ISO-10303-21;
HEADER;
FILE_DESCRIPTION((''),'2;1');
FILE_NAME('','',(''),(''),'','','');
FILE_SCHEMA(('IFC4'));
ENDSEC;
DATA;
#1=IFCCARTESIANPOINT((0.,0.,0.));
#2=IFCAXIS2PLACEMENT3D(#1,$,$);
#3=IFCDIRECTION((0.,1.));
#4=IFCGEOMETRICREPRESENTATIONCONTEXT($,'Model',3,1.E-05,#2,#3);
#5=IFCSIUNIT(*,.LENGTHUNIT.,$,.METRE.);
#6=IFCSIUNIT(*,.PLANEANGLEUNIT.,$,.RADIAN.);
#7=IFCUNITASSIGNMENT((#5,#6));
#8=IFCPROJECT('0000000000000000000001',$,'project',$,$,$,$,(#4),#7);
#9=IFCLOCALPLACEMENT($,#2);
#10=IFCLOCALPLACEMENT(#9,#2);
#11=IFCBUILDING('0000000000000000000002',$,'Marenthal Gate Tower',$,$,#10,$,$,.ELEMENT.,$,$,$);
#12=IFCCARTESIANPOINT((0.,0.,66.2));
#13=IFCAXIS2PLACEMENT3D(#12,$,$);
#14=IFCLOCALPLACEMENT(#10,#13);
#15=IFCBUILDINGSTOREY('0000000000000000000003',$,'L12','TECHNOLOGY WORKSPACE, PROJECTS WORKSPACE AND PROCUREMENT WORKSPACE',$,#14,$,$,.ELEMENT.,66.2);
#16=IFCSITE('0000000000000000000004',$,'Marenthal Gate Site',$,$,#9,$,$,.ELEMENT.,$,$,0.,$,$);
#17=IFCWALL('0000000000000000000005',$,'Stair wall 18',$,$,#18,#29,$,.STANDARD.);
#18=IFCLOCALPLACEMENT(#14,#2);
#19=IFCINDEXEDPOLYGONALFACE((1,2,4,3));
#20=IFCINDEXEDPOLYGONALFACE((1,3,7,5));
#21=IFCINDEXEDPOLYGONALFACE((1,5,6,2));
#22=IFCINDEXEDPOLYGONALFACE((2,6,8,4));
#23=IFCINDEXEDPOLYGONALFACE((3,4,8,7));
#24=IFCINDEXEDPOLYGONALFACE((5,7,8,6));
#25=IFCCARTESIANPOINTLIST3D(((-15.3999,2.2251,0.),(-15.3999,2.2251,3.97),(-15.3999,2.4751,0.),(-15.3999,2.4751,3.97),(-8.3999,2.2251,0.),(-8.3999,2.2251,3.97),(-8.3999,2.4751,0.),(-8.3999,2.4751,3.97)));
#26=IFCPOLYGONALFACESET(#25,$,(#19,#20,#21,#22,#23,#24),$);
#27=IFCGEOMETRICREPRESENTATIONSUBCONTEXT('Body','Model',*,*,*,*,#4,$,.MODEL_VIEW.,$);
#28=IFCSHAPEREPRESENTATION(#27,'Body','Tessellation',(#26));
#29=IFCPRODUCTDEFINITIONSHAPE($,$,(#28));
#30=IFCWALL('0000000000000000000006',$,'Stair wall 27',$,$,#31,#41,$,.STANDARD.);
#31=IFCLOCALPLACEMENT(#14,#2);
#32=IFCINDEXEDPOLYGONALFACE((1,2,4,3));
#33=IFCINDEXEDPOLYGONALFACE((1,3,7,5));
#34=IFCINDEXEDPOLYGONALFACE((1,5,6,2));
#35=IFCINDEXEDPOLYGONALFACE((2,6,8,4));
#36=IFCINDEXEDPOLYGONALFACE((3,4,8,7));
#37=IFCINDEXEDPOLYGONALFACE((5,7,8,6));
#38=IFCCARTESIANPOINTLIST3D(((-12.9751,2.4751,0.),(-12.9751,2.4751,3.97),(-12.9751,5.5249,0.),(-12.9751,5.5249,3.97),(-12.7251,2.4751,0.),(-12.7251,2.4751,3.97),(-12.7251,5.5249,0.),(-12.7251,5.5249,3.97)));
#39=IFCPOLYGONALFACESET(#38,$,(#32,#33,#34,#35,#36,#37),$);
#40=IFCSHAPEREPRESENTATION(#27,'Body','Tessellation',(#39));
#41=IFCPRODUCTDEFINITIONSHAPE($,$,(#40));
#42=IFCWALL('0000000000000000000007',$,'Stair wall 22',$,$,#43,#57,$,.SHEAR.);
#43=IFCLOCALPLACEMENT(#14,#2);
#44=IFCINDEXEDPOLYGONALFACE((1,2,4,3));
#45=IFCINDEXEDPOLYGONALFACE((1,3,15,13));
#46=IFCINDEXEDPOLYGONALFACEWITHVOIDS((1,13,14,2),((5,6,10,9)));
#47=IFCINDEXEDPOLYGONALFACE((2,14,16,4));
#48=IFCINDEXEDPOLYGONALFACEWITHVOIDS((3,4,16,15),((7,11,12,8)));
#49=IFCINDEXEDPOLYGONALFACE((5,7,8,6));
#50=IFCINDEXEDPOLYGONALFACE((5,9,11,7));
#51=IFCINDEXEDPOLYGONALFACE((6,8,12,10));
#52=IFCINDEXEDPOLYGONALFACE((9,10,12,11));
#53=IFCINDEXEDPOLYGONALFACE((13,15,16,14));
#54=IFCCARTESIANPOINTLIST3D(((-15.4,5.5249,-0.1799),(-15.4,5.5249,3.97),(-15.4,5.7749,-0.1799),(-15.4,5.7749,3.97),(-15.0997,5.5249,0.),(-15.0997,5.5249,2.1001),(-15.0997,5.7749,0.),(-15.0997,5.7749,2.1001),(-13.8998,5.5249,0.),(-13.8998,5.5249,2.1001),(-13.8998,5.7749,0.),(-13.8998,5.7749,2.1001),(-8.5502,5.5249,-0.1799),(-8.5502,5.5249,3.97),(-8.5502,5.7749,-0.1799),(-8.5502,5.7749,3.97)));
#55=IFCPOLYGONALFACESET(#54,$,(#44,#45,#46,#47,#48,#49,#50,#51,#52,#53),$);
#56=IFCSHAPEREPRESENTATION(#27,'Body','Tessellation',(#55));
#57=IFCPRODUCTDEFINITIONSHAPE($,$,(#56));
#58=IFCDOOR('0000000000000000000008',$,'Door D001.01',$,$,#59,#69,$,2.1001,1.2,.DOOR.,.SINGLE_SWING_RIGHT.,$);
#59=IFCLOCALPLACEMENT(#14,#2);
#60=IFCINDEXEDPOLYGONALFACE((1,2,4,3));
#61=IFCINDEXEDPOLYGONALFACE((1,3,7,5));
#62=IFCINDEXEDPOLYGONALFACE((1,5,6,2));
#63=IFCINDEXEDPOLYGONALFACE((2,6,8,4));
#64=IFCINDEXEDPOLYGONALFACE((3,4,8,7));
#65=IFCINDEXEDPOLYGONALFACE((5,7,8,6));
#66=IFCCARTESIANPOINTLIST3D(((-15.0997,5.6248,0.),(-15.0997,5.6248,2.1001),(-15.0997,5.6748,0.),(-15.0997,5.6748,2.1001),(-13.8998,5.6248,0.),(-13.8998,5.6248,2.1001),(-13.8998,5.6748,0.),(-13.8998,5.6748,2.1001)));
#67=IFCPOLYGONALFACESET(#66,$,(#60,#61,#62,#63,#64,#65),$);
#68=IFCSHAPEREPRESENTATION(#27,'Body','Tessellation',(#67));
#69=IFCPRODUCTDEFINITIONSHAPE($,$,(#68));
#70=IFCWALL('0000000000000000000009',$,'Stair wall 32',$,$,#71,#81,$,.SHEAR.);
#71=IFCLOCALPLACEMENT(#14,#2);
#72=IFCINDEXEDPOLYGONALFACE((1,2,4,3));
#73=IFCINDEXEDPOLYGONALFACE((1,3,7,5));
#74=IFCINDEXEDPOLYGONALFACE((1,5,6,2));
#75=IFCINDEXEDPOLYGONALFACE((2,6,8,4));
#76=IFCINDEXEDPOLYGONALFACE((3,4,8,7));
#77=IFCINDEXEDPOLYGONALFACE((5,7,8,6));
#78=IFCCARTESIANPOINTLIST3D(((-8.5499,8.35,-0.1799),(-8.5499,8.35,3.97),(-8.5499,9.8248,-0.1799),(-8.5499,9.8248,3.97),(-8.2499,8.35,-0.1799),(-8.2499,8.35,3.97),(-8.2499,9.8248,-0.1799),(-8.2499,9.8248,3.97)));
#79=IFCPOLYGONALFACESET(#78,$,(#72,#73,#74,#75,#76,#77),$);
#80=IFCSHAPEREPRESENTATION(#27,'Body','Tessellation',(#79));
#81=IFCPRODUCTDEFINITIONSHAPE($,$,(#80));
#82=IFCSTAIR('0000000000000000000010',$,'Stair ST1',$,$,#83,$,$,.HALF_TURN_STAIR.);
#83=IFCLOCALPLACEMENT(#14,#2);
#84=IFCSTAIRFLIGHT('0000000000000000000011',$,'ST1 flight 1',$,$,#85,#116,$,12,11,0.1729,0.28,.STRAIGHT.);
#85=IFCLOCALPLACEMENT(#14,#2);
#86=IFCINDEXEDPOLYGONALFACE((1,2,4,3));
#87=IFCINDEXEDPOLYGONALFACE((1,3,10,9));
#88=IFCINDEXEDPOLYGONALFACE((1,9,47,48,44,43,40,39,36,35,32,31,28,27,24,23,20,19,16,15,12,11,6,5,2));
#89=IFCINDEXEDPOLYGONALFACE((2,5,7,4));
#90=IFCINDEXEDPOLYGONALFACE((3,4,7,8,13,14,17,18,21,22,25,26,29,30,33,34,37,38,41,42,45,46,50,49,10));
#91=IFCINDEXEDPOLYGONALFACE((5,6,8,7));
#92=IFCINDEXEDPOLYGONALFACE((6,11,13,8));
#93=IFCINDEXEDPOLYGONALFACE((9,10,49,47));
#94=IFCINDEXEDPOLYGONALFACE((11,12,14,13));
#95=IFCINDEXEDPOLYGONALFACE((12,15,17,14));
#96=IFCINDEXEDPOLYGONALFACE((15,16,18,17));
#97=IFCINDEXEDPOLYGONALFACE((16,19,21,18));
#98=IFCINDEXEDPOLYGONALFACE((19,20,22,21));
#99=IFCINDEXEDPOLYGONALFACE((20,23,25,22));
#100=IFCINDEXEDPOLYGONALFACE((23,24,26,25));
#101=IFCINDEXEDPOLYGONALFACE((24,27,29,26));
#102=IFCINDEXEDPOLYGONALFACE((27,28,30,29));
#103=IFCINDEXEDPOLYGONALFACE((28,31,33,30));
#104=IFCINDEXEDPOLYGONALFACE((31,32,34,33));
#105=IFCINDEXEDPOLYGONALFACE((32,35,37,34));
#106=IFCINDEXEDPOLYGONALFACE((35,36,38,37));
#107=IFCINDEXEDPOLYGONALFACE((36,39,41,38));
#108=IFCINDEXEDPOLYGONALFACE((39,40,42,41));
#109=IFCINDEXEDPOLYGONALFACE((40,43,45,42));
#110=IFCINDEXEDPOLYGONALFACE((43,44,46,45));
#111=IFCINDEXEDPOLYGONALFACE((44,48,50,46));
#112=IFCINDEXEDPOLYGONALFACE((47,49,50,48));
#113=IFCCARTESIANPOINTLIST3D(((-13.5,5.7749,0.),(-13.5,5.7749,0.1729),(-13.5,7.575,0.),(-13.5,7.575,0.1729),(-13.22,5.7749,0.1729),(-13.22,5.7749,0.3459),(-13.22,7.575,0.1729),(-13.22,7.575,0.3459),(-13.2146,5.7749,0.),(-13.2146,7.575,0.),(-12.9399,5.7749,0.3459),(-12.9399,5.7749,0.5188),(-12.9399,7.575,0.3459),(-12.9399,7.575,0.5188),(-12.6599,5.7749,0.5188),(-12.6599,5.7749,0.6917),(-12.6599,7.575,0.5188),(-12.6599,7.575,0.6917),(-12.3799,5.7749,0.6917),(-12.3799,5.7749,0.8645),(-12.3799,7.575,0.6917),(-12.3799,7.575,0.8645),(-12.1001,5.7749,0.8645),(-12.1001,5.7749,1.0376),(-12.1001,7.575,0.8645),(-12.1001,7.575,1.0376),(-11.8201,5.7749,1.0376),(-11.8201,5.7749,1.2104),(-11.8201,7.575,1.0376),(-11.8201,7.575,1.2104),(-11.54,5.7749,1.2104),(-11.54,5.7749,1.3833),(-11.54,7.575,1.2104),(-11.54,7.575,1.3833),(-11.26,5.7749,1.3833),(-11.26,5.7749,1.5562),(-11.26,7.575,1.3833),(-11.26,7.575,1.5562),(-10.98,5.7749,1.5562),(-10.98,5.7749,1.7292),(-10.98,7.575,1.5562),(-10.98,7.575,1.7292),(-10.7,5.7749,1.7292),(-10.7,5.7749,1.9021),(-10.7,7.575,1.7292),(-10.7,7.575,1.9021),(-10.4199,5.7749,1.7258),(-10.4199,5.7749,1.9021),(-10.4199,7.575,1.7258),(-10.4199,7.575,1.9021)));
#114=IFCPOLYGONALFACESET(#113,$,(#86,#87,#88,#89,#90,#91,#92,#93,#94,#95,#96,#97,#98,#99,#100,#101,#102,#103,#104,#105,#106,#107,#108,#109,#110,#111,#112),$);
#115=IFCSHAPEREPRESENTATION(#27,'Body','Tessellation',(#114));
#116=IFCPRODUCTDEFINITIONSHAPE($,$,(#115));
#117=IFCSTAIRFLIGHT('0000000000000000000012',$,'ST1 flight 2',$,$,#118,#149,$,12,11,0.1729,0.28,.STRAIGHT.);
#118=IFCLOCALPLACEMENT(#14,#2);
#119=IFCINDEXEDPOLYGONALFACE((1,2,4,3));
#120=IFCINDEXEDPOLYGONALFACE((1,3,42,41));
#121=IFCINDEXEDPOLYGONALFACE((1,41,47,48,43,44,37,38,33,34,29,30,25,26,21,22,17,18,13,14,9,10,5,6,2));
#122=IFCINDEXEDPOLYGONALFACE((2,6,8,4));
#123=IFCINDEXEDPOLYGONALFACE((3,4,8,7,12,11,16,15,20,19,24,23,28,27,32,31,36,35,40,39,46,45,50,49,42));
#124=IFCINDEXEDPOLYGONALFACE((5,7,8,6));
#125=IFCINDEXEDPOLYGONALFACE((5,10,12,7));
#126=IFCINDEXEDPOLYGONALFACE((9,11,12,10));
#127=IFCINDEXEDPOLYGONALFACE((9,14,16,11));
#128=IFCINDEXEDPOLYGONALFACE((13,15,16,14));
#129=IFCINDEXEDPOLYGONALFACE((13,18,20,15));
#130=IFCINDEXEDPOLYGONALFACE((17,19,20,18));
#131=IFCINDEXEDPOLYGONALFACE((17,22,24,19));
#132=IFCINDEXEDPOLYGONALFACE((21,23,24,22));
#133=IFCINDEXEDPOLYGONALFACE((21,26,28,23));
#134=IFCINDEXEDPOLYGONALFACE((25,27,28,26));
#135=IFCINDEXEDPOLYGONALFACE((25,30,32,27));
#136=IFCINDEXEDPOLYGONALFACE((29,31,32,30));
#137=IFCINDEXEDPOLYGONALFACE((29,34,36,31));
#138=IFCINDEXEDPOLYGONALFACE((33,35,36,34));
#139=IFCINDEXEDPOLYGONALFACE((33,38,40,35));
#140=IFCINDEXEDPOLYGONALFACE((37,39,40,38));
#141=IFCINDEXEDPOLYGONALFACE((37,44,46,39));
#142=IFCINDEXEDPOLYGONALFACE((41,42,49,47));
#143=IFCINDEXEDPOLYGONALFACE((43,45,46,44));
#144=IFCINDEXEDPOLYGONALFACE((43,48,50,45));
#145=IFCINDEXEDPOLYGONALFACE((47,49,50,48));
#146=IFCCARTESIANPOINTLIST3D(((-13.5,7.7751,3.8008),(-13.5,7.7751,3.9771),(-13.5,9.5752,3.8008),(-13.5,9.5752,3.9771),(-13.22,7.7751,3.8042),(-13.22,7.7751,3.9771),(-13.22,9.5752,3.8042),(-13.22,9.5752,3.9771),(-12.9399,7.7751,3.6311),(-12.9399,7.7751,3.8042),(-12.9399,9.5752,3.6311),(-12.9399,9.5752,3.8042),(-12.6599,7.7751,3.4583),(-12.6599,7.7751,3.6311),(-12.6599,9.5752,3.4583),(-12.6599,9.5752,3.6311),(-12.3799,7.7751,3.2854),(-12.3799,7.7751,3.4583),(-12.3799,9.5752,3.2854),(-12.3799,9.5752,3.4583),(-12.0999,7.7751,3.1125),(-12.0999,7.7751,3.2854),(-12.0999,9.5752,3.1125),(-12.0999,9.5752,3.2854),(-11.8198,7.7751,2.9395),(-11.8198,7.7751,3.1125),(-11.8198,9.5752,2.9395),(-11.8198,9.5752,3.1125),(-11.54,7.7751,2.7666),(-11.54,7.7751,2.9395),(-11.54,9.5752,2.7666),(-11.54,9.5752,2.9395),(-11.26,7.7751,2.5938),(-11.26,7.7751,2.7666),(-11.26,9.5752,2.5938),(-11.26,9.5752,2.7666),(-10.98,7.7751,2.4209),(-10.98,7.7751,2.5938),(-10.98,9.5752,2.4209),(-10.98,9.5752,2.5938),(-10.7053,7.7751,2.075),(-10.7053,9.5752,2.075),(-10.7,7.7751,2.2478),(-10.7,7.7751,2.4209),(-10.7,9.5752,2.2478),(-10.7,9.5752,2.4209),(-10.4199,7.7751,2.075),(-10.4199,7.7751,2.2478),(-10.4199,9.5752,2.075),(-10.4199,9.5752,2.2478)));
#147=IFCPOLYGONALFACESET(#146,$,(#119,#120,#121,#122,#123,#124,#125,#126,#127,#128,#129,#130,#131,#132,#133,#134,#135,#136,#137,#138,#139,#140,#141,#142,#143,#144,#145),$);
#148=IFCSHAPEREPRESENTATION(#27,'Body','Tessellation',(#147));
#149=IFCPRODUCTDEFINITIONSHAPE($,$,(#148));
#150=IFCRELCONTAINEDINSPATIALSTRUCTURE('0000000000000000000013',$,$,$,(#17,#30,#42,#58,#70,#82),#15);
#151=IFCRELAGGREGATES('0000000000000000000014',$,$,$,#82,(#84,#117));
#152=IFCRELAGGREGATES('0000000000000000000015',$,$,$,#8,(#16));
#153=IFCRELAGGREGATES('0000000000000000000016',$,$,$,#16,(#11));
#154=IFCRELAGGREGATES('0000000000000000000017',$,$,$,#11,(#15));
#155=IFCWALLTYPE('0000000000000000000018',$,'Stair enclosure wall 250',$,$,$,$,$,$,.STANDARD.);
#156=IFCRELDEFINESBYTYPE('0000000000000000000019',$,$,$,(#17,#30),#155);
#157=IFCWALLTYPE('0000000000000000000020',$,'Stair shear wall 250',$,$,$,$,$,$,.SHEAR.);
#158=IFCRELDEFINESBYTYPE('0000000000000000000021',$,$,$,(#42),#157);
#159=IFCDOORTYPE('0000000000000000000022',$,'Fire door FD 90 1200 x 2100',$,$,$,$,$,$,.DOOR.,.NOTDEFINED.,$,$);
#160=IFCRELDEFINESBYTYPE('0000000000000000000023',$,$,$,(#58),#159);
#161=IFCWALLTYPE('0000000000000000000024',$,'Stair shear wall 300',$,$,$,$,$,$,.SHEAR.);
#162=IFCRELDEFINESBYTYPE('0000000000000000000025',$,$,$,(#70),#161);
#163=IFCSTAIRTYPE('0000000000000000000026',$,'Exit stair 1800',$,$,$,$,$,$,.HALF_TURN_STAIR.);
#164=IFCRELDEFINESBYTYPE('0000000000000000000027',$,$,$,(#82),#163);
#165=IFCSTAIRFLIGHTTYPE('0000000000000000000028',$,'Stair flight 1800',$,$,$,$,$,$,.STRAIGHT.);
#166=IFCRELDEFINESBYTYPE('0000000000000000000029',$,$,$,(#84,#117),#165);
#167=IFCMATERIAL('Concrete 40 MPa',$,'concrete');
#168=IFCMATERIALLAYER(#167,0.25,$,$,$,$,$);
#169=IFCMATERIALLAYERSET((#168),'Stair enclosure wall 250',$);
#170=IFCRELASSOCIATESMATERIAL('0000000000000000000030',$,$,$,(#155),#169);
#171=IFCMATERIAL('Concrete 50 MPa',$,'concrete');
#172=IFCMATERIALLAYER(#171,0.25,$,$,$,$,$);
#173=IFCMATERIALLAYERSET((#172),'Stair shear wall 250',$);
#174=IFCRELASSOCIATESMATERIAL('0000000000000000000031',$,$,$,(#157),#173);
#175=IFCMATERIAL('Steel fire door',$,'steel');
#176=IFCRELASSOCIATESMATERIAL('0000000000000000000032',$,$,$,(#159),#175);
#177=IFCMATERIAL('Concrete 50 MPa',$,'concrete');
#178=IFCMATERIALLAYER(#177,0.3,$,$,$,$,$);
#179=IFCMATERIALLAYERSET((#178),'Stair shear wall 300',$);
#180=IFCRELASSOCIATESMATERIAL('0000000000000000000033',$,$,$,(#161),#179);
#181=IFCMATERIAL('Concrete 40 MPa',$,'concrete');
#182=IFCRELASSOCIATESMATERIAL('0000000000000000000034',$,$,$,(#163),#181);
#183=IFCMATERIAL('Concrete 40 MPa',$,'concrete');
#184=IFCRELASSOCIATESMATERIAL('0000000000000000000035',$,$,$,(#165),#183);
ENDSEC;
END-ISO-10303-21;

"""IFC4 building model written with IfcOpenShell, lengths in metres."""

from ifc_helpers import new_model, si_unit, direction, frame, frame_2d, origin, place, context, subcontext, project, spatial, polyline, rectangle, outline, extrude, material, layer, layer_set, type_object, element, fill, aggregate, save


model = new_model("IFC4")

# Units and contexts
model_context = context("Model", 3, precision=1e-05, world=origin(), true_north=direction((0.0, 1.0)))
body_context = subcontext(model_context, "Body", "Model", "MODEL_VIEW")
ifc_project = project(units=[si_unit("LENGTHUNIT", "METRE"), si_unit("PLANEANGLEUNIT", "RADIAN")], contexts=[model_context])

# Site, building, storey
site_placement = place(None, origin())
site = spatial("IfcSite", under=ifc_project, at=site_placement, Name="Marenthal Gate Site", CompositionType="ELEMENT", RefElevation=0.0)
building_placement = place(site_placement, origin())
building = spatial("IfcBuilding", under=site, at=building_placement, Name="Marenthal Gate Tower", CompositionType="ELEMENT")
storey_placement = place(building_placement, frame((0.0, 0.0, 66.2)))
storey = spatial("IfcBuildingStorey", under=building, at=storey_placement, Name="L12", Description="TECHNOLOGY WORKSPACE, PROJECTS WORKSPACE AND PROCUREMENT WORKSPACE", CompositionType="ELEMENT", Elevation=66.2)

# Walls
ifc_material_1 = material(Name="Concrete 40 MPa", Category="concrete")
ifc_layer_1 = layer(ifc_material_1, 0.25)
ifc_layer_set_1 = layer_set([ifc_layer_1], Name="Stair enclosure wall 250")
wall_type_1 = type_object("IfcWallType", Name="Stair enclosure wall 250", PredefinedType="STANDARD", material=ifc_layer_set_1)
wall_1_placement = place(storey_placement, frame((-15.3999, 2.3501, 0.0), z_axis=(0.0, 0.0, 1.0), x_axis=(1.0, 0.0, 0.0)))
element("IfcWall", 1, at=wall_1_placement, inside=storey, type_object=wall_type_1, Name="Stair wall 18", PredefinedType="STANDARD", context=body_context, shape_type="SweptSolid", body=[
    extrude(rectangle(XDim=7.0, YDim=0.25, at=frame_2d((3.5, 0.0))), origin(), (0.0, 0.0, 1.0), 3.97),
])
wall_2_placement = place(storey_placement, frame((-12.8501, 2.4751, 0.0), z_axis=(0.0, 0.0, 1.0), x_axis=(0.0, 1.0, 0.0)))
element("IfcWall", 2, at=wall_2_placement, inside=storey, type_object=wall_type_1, Name="Stair wall 27", PredefinedType="STANDARD", context=body_context, shape_type="SweptSolid", body=[
    extrude(rectangle(XDim=3.0498, YDim=0.25, at=frame_2d((1.5249, 0.0))), origin(), (0.0, 0.0, 1.0), 3.97),
])

# Wall, opening, door
ifc_material_2 = material(Name="Concrete 50 MPa", Category="concrete")
ifc_layer_2 = layer(ifc_material_2, 0.25)
ifc_layer_set_2 = layer_set([ifc_layer_2], Name="Stair shear wall 250")
wall_type_2 = type_object("IfcWallType", Name="Stair shear wall 250", PredefinedType="SHEAR", material=ifc_layer_set_2)
wall_3_placement = place(storey_placement, frame((-15.3999, 5.6499, -0.1799), z_axis=(0.0, 0.0, 1.0), x_axis=(1.0, 0.0, 0.0)))
wall_3 = element("IfcWall", 3, at=wall_3_placement, inside=storey, type_object=wall_type_2, Name="Stair wall 22", PredefinedType="SHEAR", context=body_context, shape_type="SweptSolid", body=[
    extrude(rectangle(XDim=6.8499, YDim=0.25, at=frame_2d((3.4248, 0.0))), origin(), (0.0, 0.0, 1.0), 4.1499),
])
opening_1_placement = place(wall_3_placement, frame((0.3, 0.0, 0.1799)))
opening_1 = element("IfcOpeningElement", 4, at=opening_1_placement, cuts=wall_3, PredefinedType="OPENING", context=body_context, shape_type="SweptSolid", body=[
    extrude(rectangle(XDim=1.2, YDim=2.1001, at=frame_2d((0.6001, 1.05))), frame((0.0, 0.135, 0.0), z_axis=(0.0, -1.0, 0.0), x_axis=(1.0, 0.0, 0.0)), (0.0, 0.0, 1.0), 0.27),
])
ifc_material_3 = material(Name="Steel fire door", Category="steel")
door_type_1 = type_object("IfcDoorType", Name="Fire door FD 90 1200 x 2100", OperationType="NOTDEFINED", PredefinedType="DOOR", material=ifc_material_3)
door_1_placement = place(opening_1_placement, origin())
door_1 = element("IfcDoor", 5, at=door_1_placement, inside=storey, type_object=door_type_1, Name="Door D001.01", OperationType="SINGLE_SWING_RIGHT", OverallHeight=2.1001, OverallWidth=1.2, PredefinedType="DOOR", context=body_context, shape_type="SweptSolid", body=[
    extrude(rectangle(XDim=1.2, YDim=2.1001, at=frame_2d((0.6001, 1.05))), frame((0.0, 0.0249, 0.0), z_axis=(0.0, -1.0, 0.0), x_axis=(1.0, 0.0, 0.0)), (0.0, 0.0, 1.0), 0.05),
])
fill(opening_1, door_1)

# Wall
ifc_material_4 = material(Name="Concrete 50 MPa", Category="concrete")
ifc_layer_3 = layer(ifc_material_4, 0.3)
ifc_layer_set_3 = layer_set([ifc_layer_3], Name="Stair shear wall 300")
wall_type_3 = type_object("IfcWallType", Name="Stair shear wall 300", PredefinedType="SHEAR", material=ifc_layer_set_3)
wall_4_placement = place(storey_placement, frame((-8.3999, 8.3501, -0.1799), z_axis=(0.0, 0.0, 1.0), x_axis=(0.0, 1.0, 0.0)))
element("IfcWall", 6, at=wall_4_placement, inside=storey, type_object=wall_type_3, Name="Stair wall 32", PredefinedType="SHEAR", context=body_context, shape_type="SweptSolid", body=[
    extrude(rectangle(XDim=1.4749, YDim=0.3, at=frame_2d((0.7373, 0.0))), origin(), (0.0, 0.0, 1.0), 4.1499),
])

# Stair, stair flights
ifc_material_5 = material(Name="Concrete 40 MPa", Category="concrete")
stair_type = type_object("IfcStairType", Name="Exit stair 1800", PredefinedType="HALF_TURN_STAIR", material=ifc_material_5)
stair_placement = place(storey_placement, origin())
stair = element("IfcStair", 7, at=stair_placement, inside=storey, type_object=stair_type, Name="Stair ST1", PredefinedType="HALF_TURN_STAIR")
ifc_material_6 = material(Name="Concrete 40 MPa", Category="concrete")
stair_flight_type = type_object("IfcStairFlightType", Name="Stair flight 1800", PredefinedType="STRAIGHT", material=ifc_material_6)
stair_flight_1_placement = place(storey_placement, frame((-13.5, 6.675, 0.0), z_axis=(0.0, 0.0, 1.0), x_axis=(1.0, 0.0, 0.0)))
stair_flight_1 = element("IfcStairFlight", 8, at=stair_flight_1_placement, type_object=stair_flight_type, Name="ST1 flight 1", NumberOfRisers=12, NumberOfTreads=11, PredefinedType="STRAIGHT", RiserHeight=0.1729, TreadLength=0.28, context=body_context, shape_type="SweptSolid", body=[
    extrude(outline(polyline([(0.0, 0.0), (0.0, 0.1729), (0.28, 0.1729), (0.28, 0.3459), (0.5601, 0.3459), (0.5601, 0.5188), (0.8401, 0.5188), (0.8401, 0.6917), (1.1201, 0.6917), (1.1201, 0.8645), (1.3999, 0.8645), (1.3999, 1.0376), (1.6799, 1.0376), (1.6799, 1.2104), (1.96, 1.2104), (1.96, 1.3833), (2.24, 1.3833), (2.24, 1.5562), (2.52, 1.5562), (2.52, 1.7292), (2.8, 1.7292), (2.8, 1.9021), (3.0801, 1.9021), (3.0801, 2.075), (3.0801, 1.7258), (0.2854, 0.0), (0.0, 0.0)])), frame((0.0, 0.8999, 0.0), z_axis=(0.0, -1.0, 0.0), x_axis=(1.0, 0.0, 0.0)), (0.0, 0.0, 1.0), 1.8),
])
stair_flight_2_placement = place(storey_placement, frame((-10.4199, 8.675, 2.075), z_axis=(0.0, 0.0, 1.0), x_axis=(-1.0, 0.0, 0.0)))
stair_flight_2 = element("IfcStairFlight", 9, at=stair_flight_2_placement, type_object=stair_flight_type, Name="ST1 flight 2", NumberOfRisers=12, NumberOfTreads=11, PredefinedType="STRAIGHT", RiserHeight=0.1729, TreadLength=0.28, context=body_context, shape_type="SweptSolid", body=[
    extrude(outline(polyline([(0.0, 0.0), (0.0, 0.1729), (0.28, 0.1729), (0.28, 0.3459), (0.5601, 0.3459), (0.5601, 0.5188), (0.8401, 0.5188), (0.8401, 0.6917), (1.1201, 0.6917), (1.1201, 0.8645), (1.3999, 0.8645), (1.3999, 1.0376), (1.6799, 1.0376), (1.6799, 1.2104), (1.96, 1.2104), (1.96, 1.3833), (2.24, 1.3833), (2.24, 1.5562), (2.52, 1.5562), (2.52, 1.7292), (2.8, 1.7292), (2.8, 1.9021), (3.0801, 1.9021), (3.0801, 2.075), (3.0801, 1.7258), (0.2854, 0.0), (0.0, 0.0)])), frame((0.0, 0.8999, 0.0), z_axis=(0.0, -1.0, 0.0), x_axis=(1.0, 0.0, 0.0)), (0.0, 0.0, 1.0), 1.8),
])
aggregate(stair, [stair_flight_1, stair_flight_2])

save(model, "model.ifc")
